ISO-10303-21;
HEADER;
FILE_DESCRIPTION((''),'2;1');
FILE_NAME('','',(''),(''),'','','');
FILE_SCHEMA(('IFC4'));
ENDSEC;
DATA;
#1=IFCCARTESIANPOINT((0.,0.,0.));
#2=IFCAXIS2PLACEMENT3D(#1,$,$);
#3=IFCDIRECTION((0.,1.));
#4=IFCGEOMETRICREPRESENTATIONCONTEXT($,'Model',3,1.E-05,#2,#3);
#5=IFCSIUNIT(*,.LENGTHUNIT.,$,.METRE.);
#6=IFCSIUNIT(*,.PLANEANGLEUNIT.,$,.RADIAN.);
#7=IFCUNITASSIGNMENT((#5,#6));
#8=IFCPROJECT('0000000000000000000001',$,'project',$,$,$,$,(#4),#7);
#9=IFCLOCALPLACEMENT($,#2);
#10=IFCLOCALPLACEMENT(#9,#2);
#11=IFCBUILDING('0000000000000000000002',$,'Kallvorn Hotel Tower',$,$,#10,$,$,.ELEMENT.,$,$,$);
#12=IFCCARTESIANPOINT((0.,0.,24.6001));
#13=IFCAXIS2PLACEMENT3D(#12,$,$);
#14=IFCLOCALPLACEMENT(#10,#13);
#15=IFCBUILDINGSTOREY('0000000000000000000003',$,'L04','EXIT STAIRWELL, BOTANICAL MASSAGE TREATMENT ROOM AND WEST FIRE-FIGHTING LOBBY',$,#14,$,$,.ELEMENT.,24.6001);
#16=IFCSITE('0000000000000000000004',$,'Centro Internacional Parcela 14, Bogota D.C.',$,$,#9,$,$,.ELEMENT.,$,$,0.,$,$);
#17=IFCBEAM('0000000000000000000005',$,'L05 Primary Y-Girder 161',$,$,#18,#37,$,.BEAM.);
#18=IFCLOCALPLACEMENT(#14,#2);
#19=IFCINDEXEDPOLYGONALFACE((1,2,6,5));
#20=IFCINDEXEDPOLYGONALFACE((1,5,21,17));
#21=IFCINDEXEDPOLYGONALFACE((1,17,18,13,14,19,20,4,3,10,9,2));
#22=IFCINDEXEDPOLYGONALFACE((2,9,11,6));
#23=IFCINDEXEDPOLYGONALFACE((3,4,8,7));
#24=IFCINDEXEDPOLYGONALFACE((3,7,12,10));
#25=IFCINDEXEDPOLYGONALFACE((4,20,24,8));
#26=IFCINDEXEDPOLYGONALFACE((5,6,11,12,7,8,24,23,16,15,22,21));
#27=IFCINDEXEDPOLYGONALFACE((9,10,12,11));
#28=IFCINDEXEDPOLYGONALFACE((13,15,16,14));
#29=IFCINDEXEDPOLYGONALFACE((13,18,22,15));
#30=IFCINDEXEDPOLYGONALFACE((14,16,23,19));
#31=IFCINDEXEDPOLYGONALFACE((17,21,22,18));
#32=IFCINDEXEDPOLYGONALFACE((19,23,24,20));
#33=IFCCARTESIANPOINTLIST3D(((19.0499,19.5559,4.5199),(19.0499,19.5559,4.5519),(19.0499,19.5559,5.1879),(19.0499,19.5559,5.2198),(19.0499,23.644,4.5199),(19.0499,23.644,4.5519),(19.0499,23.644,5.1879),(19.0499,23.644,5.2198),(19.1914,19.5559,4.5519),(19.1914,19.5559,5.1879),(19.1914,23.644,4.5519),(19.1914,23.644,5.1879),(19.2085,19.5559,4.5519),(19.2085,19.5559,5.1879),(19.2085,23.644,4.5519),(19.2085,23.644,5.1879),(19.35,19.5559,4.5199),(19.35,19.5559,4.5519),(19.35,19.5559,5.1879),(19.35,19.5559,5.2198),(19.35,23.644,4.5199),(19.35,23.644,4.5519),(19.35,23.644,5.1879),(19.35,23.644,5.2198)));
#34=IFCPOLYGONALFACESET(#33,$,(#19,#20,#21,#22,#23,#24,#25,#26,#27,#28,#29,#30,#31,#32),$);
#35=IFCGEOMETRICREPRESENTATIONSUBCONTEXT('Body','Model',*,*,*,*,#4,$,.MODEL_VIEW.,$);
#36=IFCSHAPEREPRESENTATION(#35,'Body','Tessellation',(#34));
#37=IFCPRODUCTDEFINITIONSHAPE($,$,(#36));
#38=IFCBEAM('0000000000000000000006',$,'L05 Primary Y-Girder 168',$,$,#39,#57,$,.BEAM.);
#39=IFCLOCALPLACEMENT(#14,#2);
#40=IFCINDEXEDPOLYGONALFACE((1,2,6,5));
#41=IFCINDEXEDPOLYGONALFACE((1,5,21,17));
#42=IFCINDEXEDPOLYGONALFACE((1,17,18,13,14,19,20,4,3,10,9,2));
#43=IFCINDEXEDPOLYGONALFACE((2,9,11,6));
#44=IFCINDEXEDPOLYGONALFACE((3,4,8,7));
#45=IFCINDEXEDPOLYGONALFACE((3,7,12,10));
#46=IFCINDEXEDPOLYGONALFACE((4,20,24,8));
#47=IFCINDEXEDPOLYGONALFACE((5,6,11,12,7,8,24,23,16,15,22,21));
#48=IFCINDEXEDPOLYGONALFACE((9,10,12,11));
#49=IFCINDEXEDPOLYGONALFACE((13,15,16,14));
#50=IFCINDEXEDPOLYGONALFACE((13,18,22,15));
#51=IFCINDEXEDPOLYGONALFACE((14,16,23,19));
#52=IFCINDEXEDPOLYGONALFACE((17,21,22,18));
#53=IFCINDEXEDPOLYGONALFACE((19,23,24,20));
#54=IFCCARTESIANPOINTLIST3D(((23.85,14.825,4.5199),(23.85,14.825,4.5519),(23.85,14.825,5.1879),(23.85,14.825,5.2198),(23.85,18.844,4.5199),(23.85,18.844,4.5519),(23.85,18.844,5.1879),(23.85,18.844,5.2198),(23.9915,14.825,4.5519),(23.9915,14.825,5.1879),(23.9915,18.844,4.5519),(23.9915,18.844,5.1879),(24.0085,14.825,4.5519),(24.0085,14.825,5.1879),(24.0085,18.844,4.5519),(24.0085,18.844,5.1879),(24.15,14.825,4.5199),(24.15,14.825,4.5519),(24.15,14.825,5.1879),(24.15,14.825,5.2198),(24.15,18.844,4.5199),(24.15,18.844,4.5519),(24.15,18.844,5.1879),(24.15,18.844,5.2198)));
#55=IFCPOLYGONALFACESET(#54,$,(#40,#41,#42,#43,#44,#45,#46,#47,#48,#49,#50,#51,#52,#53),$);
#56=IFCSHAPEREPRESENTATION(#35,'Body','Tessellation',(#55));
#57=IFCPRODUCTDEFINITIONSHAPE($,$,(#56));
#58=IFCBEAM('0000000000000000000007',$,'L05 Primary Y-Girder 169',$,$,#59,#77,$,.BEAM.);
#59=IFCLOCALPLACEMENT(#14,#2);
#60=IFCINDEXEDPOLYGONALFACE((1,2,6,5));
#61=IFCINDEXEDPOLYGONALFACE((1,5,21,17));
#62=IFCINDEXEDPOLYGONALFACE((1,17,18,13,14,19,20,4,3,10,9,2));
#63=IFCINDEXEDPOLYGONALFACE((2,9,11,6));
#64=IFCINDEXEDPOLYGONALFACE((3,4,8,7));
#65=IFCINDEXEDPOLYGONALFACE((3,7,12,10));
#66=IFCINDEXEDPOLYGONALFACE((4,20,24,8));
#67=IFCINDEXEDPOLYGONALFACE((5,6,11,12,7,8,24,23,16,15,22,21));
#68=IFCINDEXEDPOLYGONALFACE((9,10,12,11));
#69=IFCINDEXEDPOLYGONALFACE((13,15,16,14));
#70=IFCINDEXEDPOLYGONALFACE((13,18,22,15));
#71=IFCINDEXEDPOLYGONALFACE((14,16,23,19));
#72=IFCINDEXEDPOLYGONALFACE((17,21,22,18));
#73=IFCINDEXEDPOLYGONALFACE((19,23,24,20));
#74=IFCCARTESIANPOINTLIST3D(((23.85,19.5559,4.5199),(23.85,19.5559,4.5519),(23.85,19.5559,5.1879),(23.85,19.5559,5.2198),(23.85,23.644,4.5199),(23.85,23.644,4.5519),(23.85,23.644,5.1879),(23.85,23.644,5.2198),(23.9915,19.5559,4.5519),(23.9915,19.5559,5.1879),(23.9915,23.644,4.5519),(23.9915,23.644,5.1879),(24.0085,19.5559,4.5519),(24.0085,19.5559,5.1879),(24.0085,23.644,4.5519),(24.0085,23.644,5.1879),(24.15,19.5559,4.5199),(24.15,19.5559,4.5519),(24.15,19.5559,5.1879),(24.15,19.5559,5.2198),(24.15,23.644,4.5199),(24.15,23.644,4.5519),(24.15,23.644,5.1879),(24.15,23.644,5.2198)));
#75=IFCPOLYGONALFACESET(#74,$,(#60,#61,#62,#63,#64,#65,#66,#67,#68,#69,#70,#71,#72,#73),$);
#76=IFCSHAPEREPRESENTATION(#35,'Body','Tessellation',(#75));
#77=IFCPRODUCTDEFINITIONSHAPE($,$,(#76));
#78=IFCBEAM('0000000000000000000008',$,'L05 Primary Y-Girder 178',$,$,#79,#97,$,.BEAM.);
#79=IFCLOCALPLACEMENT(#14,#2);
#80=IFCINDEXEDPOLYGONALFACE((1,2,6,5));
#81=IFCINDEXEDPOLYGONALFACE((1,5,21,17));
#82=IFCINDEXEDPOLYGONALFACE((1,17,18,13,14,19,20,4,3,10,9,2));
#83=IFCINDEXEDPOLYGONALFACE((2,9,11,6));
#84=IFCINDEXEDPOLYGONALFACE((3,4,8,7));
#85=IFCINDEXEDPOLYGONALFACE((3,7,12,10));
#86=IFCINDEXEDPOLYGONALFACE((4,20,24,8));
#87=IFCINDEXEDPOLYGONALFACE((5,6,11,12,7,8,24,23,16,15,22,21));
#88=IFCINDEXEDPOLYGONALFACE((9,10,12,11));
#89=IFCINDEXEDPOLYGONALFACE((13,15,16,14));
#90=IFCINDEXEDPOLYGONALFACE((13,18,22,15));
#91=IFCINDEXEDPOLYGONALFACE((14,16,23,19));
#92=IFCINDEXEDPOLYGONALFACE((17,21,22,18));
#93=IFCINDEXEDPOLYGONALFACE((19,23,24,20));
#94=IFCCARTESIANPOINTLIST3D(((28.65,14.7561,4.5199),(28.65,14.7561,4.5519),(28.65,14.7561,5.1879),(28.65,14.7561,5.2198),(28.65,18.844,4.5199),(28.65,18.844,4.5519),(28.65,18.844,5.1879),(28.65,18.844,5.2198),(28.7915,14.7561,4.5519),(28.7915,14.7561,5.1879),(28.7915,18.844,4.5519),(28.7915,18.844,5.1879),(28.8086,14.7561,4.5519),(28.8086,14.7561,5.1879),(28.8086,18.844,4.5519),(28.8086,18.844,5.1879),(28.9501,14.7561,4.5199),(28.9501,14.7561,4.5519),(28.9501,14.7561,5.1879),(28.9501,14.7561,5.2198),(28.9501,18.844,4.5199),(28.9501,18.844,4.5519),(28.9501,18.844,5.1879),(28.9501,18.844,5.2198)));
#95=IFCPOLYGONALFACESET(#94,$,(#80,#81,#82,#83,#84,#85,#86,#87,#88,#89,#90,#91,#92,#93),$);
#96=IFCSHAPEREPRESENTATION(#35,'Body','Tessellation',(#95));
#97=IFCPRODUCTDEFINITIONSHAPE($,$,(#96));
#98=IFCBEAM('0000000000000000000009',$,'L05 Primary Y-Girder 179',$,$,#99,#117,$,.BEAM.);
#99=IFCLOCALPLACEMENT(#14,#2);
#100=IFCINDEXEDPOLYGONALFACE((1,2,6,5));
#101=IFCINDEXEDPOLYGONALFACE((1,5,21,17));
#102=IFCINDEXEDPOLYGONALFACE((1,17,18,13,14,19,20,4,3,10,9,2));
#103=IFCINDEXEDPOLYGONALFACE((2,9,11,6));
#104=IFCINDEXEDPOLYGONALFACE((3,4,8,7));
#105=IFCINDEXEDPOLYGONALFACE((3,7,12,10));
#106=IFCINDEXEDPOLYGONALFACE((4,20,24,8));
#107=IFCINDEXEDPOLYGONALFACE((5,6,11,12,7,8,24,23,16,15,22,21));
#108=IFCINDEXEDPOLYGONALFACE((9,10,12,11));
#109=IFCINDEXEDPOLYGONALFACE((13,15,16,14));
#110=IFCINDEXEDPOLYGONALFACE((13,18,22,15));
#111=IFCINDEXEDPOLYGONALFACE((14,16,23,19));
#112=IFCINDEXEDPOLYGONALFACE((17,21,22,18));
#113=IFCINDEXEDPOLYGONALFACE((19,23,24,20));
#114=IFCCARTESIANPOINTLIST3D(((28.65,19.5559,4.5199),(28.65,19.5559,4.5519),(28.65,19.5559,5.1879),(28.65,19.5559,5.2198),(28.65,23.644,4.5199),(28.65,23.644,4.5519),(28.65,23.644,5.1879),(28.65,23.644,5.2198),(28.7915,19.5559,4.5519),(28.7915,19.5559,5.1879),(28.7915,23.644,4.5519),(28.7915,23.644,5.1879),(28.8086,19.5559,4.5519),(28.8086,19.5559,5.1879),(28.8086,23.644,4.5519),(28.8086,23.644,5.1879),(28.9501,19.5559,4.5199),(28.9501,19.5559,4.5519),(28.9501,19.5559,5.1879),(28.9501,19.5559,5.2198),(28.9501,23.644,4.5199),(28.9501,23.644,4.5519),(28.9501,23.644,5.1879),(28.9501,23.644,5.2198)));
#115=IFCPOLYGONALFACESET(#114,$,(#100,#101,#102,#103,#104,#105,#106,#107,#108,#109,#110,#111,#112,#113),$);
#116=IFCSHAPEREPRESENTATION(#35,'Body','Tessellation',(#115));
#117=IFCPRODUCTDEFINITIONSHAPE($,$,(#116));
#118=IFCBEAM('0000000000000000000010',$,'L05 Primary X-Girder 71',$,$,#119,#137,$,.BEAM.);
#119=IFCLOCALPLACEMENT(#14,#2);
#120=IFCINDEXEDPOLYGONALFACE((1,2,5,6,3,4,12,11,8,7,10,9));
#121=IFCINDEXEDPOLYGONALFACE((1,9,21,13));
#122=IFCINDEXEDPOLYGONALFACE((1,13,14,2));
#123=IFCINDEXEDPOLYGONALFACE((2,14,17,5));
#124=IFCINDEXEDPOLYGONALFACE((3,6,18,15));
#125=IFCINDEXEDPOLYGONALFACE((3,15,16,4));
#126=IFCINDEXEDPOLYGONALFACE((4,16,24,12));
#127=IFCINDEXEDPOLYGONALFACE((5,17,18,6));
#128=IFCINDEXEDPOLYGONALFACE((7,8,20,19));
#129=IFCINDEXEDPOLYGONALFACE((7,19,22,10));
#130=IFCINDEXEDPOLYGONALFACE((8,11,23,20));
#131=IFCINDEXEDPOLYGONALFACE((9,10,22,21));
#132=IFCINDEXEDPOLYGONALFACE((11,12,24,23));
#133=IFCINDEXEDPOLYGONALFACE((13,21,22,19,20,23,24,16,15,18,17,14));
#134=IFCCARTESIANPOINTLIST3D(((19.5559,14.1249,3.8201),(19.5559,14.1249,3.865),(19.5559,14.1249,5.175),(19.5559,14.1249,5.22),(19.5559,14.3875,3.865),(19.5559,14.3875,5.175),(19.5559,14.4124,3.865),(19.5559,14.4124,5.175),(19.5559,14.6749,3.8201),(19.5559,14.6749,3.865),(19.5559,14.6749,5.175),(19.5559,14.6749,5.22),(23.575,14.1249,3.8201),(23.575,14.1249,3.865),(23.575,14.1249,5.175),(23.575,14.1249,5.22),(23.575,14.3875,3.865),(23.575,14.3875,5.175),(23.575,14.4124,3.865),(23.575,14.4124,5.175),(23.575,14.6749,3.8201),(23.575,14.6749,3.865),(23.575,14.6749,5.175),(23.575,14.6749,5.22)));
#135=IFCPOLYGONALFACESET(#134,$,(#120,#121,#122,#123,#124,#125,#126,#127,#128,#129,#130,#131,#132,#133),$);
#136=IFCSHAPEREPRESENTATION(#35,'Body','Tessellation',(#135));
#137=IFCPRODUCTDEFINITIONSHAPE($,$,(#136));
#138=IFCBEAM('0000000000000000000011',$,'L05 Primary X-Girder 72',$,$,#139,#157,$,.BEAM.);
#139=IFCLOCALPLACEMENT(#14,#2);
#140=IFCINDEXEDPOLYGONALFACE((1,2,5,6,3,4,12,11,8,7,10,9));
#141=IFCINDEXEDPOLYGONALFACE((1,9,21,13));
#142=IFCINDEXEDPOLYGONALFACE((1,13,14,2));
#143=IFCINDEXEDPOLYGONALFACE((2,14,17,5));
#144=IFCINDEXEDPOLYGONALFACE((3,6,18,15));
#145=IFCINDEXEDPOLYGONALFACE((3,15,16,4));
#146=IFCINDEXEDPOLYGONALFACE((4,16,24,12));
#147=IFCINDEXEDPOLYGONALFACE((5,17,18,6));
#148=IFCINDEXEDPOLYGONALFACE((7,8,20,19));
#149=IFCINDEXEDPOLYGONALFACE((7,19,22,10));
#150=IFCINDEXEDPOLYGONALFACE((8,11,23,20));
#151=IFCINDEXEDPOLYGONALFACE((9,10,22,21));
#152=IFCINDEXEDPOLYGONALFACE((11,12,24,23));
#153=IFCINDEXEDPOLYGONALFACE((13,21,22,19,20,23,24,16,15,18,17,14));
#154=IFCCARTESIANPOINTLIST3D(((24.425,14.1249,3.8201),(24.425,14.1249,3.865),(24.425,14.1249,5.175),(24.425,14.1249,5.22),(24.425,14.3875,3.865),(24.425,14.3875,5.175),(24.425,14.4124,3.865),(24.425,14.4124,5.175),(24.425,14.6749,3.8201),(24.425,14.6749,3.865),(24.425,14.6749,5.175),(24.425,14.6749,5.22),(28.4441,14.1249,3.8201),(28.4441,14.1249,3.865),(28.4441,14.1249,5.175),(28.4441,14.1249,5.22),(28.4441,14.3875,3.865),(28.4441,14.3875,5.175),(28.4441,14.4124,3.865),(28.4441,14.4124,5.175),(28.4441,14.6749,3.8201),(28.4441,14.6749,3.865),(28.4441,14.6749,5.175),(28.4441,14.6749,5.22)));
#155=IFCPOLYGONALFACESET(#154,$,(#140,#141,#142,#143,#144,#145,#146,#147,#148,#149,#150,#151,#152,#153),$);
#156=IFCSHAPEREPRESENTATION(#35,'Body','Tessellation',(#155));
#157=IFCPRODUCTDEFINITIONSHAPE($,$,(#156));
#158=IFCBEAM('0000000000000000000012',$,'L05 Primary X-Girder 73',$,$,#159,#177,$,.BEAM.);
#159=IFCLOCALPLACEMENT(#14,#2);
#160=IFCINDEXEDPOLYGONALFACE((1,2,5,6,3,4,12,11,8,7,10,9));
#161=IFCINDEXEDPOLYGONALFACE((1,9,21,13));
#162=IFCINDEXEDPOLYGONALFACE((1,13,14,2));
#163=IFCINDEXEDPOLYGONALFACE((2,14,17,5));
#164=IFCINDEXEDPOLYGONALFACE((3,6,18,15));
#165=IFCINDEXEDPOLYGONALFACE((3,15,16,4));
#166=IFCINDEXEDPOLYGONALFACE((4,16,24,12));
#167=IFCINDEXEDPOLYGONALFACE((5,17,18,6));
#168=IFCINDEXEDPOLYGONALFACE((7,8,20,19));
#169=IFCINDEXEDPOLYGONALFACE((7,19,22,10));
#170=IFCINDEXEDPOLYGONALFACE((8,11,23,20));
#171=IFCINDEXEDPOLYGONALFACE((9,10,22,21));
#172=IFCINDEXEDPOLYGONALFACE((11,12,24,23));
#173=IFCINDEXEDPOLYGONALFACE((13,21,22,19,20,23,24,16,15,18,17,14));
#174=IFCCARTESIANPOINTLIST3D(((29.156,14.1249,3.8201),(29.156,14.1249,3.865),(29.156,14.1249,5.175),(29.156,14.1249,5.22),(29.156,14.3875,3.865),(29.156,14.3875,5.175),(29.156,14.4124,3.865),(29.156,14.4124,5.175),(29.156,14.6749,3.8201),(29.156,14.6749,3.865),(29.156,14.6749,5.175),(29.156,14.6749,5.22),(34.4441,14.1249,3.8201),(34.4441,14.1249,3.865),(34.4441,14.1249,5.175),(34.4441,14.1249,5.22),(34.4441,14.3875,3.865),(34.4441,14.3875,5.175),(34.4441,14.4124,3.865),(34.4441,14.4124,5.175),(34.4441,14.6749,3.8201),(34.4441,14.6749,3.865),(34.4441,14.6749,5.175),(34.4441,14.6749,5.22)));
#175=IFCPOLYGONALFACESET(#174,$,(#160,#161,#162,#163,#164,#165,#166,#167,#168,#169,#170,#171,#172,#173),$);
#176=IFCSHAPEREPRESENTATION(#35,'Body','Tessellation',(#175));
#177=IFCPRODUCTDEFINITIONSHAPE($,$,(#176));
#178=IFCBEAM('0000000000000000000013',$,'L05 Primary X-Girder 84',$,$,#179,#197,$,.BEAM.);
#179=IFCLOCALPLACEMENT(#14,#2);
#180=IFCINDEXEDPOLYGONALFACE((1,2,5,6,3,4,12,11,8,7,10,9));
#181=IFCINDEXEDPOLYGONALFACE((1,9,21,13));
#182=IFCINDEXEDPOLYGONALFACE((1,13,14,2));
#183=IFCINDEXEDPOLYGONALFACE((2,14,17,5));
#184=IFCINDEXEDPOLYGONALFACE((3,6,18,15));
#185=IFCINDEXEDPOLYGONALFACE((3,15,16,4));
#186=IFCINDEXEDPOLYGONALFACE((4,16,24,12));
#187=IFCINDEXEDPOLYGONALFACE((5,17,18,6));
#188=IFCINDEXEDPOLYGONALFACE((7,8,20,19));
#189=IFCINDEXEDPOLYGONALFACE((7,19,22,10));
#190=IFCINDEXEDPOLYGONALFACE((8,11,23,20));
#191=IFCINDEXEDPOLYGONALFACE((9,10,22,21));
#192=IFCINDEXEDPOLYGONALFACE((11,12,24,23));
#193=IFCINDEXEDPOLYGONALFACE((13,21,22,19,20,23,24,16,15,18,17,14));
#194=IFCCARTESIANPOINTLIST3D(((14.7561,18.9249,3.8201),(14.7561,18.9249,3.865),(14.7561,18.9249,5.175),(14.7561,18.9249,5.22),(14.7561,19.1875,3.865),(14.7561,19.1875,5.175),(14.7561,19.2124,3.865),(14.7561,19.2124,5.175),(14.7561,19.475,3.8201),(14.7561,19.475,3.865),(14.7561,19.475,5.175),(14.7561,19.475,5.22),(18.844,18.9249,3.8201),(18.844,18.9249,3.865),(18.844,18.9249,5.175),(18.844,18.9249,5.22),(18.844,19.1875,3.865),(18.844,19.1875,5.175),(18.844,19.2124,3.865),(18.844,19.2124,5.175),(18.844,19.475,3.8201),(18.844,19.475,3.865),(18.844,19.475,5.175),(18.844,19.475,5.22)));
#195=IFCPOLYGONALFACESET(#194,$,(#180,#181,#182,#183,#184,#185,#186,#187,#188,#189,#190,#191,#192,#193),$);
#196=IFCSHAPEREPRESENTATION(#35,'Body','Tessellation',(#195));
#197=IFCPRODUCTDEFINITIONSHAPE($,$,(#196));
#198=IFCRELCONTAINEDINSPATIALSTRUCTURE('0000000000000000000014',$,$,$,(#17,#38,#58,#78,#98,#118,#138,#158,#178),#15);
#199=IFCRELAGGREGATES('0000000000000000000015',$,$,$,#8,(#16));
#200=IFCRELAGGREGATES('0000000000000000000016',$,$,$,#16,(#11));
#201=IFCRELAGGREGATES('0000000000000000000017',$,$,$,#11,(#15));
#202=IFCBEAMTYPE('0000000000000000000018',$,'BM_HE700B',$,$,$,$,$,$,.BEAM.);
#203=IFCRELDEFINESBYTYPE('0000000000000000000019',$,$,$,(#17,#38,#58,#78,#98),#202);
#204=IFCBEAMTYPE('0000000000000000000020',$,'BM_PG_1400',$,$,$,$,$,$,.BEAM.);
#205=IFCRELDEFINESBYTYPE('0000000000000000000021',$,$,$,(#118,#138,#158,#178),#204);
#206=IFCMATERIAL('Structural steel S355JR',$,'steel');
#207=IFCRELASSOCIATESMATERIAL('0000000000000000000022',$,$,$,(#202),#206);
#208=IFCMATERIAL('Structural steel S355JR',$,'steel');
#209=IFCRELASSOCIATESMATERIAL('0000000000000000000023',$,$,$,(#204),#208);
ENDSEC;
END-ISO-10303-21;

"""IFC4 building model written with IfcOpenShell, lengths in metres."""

from ifc_helpers import new_model, si_unit, direction, frame, origin, origin_2d, place, context, subcontext, project, spatial, i_section, extrude, material, material_profile, profile_set, type_object, element, save


model = new_model("IFC4")

# Units and contexts
model_context = context("Model", 3, precision=1e-05, world=origin(), true_north=direction((0.0, 1.0)))
body_context = subcontext(model_context, "Body", "Model", "MODEL_VIEW")
ifc_project = project(units=[si_unit("LENGTHUNIT", "METRE"), si_unit("PLANEANGLEUNIT", "RADIAN")], contexts=[model_context])

# Site, building, storey
site_placement = place(None, origin())
site = spatial("IfcSite", under=ifc_project, at=site_placement, Name="Centro Internacional Parcela 14, Bogota D.C.", CompositionType="ELEMENT", RefElevation=0.0)
building_placement = place(site_placement, origin())
building = spatial("IfcBuilding", under=site, at=building_placement, Name="Kallvorn Hotel Tower", CompositionType="ELEMENT")
storey_placement = place(building_placement, frame((0.0, 0.0, 24.6001)))
storey = spatial("IfcBuildingStorey", under=building, at=storey_placement, Name="L04", Description="EXIT STAIRWELL, BOTANICAL MASSAGE TREATMENT ROOM AND WEST FIRE-FIGHTING LOBBY", CompositionType="ELEMENT", Elevation=24.6001)

# Beams
ifc_material_1 = material(Name="Structural steel S355JR", Category="steel")
ifc_material_profile_1 = material_profile(ifc_material_1, i_section(OverallWidth=0.3, OverallDepth=0.7, WebThickness=0.0171, FlangeThickness=0.032, at=origin_2d()), Name="HE 700 B")
ifc_profile_set_1 = profile_set([ifc_material_profile_1], Name="Structural steel S355JR")
beam_type_1 = type_object("IfcBeamType", Name="BM_HE700B", PredefinedType="BEAM", material=ifc_profile_set_1)
beam_1_placement = place(storey_placement, frame((19.2, 19.5559, 4.8699), z_axis=(0.0, 1.0, 0.0), x_axis=(-1.0, 0.0, 0.0)))
element("IfcBeam", 1, at=beam_1_placement, inside=storey, type_object=beam_type_1, Name="L05 Primary Y-Girder 161", PredefinedType="BEAM", context=body_context, shape_type="SweptSolid", body=[
    extrude(i_section(OverallWidth=0.3, OverallDepth=0.7, WebThickness=0.0171, FlangeThickness=0.032, at=origin_2d()), origin(), (0.0, 0.0, 1.0), 4.0881),
])
beam_2_placement = place(storey_placement, frame((24.0, 14.825, 4.8699), z_axis=(0.0, 1.0, 0.0), x_axis=(-1.0, 0.0, 0.0)))
element("IfcBeam", 2, at=beam_2_placement, inside=storey, type_object=beam_type_1, Name="L05 Primary Y-Girder 168", PredefinedType="BEAM", context=body_context, shape_type="SweptSolid", body=[
    extrude(i_section(OverallWidth=0.3, OverallDepth=0.7, WebThickness=0.0171, FlangeThickness=0.032, at=origin_2d()), origin(), (0.0, 0.0, 1.0), 4.019),
])
beam_3_placement = place(storey_placement, frame((24.0, 19.5559, 4.8699), z_axis=(0.0, 1.0, 0.0), x_axis=(-1.0, 0.0, 0.0)))
element("IfcBeam", 3, at=beam_3_placement, inside=storey, type_object=beam_type_1, Name="L05 Primary Y-Girder 169", PredefinedType="BEAM", context=body_context, shape_type="SweptSolid", body=[
    extrude(i_section(OverallWidth=0.3, OverallDepth=0.7, WebThickness=0.0171, FlangeThickness=0.032, at=origin_2d()), origin(), (0.0, 0.0, 1.0), 4.0881),
])
beam_4_placement = place(storey_placement, frame((28.8, 14.7561, 4.8699), z_axis=(0.0, 1.0, 0.0), x_axis=(-1.0, 0.0, 0.0)))
element("IfcBeam", 4, at=beam_4_placement, inside=storey, type_object=beam_type_1, Name="L05 Primary Y-Girder 178", PredefinedType="BEAM", context=body_context, shape_type="SweptSolid", body=[
    extrude(i_section(OverallWidth=0.3, OverallDepth=0.7, WebThickness=0.0171, FlangeThickness=0.032, at=origin_2d()), origin(), (0.0, 0.0, 1.0), 4.0879),
])
beam_5_placement = place(storey_placement, frame((28.8, 19.5559, 4.8699), z_axis=(0.0, 1.0, 0.0), x_axis=(-1.0, 0.0, 0.0)))
element("IfcBeam", 5, at=beam_5_placement, inside=storey, type_object=beam_type_1, Name="L05 Primary Y-Girder 179", PredefinedType="BEAM", context=body_context, shape_type="SweptSolid", body=[
    extrude(i_section(OverallWidth=0.3, OverallDepth=0.7, WebThickness=0.0171, FlangeThickness=0.032, at=origin_2d()), origin(), (0.0, 0.0, 1.0), 4.0881),
])
ifc_material_2 = material(Name="Structural steel S355JR", Category="steel")
ifc_material_profile_2 = material_profile(ifc_material_2, i_section(OverallWidth=0.55, OverallDepth=1.3999, WebThickness=0.0249, FlangeThickness=0.0449, at=origin_2d()), Name="PG 1400x550x25x45")
ifc_profile_set_2 = profile_set([ifc_material_profile_2], Name="Structural steel S355JR")
beam_type_2 = type_object("IfcBeamType", Name="BM_PG_1400", PredefinedType="BEAM", material=ifc_profile_set_2)
for number, where, z_axis, x_axis, name in (
    (6, (19.5559, 14.3999, 4.52), (1.0, 0.0, 0.0), (0.0, 1.0, 0.0), "L05 Primary X-Girder 71"),
    (7, (24.425, 14.3999, 4.52), (1.0, 0.0, 0.0), (0.0, 1.0, 0.0), "L05 Primary X-Girder 72"),
):
    element("IfcBeam", number, at=place(storey_placement, frame(where, z_axis=z_axis, x_axis=x_axis)), inside=storey, type_object=beam_type_2, Name=name, PredefinedType="BEAM", context=body_context, shape_type="SweptSolid", body=[
        extrude(i_section(OverallWidth=0.55, OverallDepth=1.3999, WebThickness=0.0249, FlangeThickness=0.0449, at=origin_2d()), origin(), (0.0, 0.0, 1.0), 4.019),
    ])
beam_6_placement = place(storey_placement, frame((29.156, 14.3999, 4.52), z_axis=(1.0, 0.0, 0.0), x_axis=(0.0, 1.0, 0.0)))
element("IfcBeam", 8, at=beam_6_placement, inside=storey, type_object=beam_type_2, Name="L05 Primary X-Girder 73", PredefinedType="BEAM", context=body_context, shape_type="SweptSolid", body=[
    extrude(i_section(OverallWidth=0.55, OverallDepth=1.3999, WebThickness=0.0249, FlangeThickness=0.0449, at=origin_2d()), origin(), (0.0, 0.0, 1.0), 5.2881),
])
beam_7_placement = place(storey_placement, frame((14.7561, 19.2, 4.52), z_axis=(1.0, 0.0, 0.0), x_axis=(0.0, 1.0, 0.0)))
element("IfcBeam", 9, at=beam_7_placement, inside=storey, type_object=beam_type_2, Name="L05 Primary X-Girder 84", PredefinedType="BEAM", context=body_context, shape_type="SweptSolid", body=[
    extrude(i_section(OverallWidth=0.55, OverallDepth=1.3999, WebThickness=0.0249, FlangeThickness=0.0449, at=origin_2d()), origin(), (0.0, 0.0, 1.0), 4.0879),
])

save(model, "model.ifc")
